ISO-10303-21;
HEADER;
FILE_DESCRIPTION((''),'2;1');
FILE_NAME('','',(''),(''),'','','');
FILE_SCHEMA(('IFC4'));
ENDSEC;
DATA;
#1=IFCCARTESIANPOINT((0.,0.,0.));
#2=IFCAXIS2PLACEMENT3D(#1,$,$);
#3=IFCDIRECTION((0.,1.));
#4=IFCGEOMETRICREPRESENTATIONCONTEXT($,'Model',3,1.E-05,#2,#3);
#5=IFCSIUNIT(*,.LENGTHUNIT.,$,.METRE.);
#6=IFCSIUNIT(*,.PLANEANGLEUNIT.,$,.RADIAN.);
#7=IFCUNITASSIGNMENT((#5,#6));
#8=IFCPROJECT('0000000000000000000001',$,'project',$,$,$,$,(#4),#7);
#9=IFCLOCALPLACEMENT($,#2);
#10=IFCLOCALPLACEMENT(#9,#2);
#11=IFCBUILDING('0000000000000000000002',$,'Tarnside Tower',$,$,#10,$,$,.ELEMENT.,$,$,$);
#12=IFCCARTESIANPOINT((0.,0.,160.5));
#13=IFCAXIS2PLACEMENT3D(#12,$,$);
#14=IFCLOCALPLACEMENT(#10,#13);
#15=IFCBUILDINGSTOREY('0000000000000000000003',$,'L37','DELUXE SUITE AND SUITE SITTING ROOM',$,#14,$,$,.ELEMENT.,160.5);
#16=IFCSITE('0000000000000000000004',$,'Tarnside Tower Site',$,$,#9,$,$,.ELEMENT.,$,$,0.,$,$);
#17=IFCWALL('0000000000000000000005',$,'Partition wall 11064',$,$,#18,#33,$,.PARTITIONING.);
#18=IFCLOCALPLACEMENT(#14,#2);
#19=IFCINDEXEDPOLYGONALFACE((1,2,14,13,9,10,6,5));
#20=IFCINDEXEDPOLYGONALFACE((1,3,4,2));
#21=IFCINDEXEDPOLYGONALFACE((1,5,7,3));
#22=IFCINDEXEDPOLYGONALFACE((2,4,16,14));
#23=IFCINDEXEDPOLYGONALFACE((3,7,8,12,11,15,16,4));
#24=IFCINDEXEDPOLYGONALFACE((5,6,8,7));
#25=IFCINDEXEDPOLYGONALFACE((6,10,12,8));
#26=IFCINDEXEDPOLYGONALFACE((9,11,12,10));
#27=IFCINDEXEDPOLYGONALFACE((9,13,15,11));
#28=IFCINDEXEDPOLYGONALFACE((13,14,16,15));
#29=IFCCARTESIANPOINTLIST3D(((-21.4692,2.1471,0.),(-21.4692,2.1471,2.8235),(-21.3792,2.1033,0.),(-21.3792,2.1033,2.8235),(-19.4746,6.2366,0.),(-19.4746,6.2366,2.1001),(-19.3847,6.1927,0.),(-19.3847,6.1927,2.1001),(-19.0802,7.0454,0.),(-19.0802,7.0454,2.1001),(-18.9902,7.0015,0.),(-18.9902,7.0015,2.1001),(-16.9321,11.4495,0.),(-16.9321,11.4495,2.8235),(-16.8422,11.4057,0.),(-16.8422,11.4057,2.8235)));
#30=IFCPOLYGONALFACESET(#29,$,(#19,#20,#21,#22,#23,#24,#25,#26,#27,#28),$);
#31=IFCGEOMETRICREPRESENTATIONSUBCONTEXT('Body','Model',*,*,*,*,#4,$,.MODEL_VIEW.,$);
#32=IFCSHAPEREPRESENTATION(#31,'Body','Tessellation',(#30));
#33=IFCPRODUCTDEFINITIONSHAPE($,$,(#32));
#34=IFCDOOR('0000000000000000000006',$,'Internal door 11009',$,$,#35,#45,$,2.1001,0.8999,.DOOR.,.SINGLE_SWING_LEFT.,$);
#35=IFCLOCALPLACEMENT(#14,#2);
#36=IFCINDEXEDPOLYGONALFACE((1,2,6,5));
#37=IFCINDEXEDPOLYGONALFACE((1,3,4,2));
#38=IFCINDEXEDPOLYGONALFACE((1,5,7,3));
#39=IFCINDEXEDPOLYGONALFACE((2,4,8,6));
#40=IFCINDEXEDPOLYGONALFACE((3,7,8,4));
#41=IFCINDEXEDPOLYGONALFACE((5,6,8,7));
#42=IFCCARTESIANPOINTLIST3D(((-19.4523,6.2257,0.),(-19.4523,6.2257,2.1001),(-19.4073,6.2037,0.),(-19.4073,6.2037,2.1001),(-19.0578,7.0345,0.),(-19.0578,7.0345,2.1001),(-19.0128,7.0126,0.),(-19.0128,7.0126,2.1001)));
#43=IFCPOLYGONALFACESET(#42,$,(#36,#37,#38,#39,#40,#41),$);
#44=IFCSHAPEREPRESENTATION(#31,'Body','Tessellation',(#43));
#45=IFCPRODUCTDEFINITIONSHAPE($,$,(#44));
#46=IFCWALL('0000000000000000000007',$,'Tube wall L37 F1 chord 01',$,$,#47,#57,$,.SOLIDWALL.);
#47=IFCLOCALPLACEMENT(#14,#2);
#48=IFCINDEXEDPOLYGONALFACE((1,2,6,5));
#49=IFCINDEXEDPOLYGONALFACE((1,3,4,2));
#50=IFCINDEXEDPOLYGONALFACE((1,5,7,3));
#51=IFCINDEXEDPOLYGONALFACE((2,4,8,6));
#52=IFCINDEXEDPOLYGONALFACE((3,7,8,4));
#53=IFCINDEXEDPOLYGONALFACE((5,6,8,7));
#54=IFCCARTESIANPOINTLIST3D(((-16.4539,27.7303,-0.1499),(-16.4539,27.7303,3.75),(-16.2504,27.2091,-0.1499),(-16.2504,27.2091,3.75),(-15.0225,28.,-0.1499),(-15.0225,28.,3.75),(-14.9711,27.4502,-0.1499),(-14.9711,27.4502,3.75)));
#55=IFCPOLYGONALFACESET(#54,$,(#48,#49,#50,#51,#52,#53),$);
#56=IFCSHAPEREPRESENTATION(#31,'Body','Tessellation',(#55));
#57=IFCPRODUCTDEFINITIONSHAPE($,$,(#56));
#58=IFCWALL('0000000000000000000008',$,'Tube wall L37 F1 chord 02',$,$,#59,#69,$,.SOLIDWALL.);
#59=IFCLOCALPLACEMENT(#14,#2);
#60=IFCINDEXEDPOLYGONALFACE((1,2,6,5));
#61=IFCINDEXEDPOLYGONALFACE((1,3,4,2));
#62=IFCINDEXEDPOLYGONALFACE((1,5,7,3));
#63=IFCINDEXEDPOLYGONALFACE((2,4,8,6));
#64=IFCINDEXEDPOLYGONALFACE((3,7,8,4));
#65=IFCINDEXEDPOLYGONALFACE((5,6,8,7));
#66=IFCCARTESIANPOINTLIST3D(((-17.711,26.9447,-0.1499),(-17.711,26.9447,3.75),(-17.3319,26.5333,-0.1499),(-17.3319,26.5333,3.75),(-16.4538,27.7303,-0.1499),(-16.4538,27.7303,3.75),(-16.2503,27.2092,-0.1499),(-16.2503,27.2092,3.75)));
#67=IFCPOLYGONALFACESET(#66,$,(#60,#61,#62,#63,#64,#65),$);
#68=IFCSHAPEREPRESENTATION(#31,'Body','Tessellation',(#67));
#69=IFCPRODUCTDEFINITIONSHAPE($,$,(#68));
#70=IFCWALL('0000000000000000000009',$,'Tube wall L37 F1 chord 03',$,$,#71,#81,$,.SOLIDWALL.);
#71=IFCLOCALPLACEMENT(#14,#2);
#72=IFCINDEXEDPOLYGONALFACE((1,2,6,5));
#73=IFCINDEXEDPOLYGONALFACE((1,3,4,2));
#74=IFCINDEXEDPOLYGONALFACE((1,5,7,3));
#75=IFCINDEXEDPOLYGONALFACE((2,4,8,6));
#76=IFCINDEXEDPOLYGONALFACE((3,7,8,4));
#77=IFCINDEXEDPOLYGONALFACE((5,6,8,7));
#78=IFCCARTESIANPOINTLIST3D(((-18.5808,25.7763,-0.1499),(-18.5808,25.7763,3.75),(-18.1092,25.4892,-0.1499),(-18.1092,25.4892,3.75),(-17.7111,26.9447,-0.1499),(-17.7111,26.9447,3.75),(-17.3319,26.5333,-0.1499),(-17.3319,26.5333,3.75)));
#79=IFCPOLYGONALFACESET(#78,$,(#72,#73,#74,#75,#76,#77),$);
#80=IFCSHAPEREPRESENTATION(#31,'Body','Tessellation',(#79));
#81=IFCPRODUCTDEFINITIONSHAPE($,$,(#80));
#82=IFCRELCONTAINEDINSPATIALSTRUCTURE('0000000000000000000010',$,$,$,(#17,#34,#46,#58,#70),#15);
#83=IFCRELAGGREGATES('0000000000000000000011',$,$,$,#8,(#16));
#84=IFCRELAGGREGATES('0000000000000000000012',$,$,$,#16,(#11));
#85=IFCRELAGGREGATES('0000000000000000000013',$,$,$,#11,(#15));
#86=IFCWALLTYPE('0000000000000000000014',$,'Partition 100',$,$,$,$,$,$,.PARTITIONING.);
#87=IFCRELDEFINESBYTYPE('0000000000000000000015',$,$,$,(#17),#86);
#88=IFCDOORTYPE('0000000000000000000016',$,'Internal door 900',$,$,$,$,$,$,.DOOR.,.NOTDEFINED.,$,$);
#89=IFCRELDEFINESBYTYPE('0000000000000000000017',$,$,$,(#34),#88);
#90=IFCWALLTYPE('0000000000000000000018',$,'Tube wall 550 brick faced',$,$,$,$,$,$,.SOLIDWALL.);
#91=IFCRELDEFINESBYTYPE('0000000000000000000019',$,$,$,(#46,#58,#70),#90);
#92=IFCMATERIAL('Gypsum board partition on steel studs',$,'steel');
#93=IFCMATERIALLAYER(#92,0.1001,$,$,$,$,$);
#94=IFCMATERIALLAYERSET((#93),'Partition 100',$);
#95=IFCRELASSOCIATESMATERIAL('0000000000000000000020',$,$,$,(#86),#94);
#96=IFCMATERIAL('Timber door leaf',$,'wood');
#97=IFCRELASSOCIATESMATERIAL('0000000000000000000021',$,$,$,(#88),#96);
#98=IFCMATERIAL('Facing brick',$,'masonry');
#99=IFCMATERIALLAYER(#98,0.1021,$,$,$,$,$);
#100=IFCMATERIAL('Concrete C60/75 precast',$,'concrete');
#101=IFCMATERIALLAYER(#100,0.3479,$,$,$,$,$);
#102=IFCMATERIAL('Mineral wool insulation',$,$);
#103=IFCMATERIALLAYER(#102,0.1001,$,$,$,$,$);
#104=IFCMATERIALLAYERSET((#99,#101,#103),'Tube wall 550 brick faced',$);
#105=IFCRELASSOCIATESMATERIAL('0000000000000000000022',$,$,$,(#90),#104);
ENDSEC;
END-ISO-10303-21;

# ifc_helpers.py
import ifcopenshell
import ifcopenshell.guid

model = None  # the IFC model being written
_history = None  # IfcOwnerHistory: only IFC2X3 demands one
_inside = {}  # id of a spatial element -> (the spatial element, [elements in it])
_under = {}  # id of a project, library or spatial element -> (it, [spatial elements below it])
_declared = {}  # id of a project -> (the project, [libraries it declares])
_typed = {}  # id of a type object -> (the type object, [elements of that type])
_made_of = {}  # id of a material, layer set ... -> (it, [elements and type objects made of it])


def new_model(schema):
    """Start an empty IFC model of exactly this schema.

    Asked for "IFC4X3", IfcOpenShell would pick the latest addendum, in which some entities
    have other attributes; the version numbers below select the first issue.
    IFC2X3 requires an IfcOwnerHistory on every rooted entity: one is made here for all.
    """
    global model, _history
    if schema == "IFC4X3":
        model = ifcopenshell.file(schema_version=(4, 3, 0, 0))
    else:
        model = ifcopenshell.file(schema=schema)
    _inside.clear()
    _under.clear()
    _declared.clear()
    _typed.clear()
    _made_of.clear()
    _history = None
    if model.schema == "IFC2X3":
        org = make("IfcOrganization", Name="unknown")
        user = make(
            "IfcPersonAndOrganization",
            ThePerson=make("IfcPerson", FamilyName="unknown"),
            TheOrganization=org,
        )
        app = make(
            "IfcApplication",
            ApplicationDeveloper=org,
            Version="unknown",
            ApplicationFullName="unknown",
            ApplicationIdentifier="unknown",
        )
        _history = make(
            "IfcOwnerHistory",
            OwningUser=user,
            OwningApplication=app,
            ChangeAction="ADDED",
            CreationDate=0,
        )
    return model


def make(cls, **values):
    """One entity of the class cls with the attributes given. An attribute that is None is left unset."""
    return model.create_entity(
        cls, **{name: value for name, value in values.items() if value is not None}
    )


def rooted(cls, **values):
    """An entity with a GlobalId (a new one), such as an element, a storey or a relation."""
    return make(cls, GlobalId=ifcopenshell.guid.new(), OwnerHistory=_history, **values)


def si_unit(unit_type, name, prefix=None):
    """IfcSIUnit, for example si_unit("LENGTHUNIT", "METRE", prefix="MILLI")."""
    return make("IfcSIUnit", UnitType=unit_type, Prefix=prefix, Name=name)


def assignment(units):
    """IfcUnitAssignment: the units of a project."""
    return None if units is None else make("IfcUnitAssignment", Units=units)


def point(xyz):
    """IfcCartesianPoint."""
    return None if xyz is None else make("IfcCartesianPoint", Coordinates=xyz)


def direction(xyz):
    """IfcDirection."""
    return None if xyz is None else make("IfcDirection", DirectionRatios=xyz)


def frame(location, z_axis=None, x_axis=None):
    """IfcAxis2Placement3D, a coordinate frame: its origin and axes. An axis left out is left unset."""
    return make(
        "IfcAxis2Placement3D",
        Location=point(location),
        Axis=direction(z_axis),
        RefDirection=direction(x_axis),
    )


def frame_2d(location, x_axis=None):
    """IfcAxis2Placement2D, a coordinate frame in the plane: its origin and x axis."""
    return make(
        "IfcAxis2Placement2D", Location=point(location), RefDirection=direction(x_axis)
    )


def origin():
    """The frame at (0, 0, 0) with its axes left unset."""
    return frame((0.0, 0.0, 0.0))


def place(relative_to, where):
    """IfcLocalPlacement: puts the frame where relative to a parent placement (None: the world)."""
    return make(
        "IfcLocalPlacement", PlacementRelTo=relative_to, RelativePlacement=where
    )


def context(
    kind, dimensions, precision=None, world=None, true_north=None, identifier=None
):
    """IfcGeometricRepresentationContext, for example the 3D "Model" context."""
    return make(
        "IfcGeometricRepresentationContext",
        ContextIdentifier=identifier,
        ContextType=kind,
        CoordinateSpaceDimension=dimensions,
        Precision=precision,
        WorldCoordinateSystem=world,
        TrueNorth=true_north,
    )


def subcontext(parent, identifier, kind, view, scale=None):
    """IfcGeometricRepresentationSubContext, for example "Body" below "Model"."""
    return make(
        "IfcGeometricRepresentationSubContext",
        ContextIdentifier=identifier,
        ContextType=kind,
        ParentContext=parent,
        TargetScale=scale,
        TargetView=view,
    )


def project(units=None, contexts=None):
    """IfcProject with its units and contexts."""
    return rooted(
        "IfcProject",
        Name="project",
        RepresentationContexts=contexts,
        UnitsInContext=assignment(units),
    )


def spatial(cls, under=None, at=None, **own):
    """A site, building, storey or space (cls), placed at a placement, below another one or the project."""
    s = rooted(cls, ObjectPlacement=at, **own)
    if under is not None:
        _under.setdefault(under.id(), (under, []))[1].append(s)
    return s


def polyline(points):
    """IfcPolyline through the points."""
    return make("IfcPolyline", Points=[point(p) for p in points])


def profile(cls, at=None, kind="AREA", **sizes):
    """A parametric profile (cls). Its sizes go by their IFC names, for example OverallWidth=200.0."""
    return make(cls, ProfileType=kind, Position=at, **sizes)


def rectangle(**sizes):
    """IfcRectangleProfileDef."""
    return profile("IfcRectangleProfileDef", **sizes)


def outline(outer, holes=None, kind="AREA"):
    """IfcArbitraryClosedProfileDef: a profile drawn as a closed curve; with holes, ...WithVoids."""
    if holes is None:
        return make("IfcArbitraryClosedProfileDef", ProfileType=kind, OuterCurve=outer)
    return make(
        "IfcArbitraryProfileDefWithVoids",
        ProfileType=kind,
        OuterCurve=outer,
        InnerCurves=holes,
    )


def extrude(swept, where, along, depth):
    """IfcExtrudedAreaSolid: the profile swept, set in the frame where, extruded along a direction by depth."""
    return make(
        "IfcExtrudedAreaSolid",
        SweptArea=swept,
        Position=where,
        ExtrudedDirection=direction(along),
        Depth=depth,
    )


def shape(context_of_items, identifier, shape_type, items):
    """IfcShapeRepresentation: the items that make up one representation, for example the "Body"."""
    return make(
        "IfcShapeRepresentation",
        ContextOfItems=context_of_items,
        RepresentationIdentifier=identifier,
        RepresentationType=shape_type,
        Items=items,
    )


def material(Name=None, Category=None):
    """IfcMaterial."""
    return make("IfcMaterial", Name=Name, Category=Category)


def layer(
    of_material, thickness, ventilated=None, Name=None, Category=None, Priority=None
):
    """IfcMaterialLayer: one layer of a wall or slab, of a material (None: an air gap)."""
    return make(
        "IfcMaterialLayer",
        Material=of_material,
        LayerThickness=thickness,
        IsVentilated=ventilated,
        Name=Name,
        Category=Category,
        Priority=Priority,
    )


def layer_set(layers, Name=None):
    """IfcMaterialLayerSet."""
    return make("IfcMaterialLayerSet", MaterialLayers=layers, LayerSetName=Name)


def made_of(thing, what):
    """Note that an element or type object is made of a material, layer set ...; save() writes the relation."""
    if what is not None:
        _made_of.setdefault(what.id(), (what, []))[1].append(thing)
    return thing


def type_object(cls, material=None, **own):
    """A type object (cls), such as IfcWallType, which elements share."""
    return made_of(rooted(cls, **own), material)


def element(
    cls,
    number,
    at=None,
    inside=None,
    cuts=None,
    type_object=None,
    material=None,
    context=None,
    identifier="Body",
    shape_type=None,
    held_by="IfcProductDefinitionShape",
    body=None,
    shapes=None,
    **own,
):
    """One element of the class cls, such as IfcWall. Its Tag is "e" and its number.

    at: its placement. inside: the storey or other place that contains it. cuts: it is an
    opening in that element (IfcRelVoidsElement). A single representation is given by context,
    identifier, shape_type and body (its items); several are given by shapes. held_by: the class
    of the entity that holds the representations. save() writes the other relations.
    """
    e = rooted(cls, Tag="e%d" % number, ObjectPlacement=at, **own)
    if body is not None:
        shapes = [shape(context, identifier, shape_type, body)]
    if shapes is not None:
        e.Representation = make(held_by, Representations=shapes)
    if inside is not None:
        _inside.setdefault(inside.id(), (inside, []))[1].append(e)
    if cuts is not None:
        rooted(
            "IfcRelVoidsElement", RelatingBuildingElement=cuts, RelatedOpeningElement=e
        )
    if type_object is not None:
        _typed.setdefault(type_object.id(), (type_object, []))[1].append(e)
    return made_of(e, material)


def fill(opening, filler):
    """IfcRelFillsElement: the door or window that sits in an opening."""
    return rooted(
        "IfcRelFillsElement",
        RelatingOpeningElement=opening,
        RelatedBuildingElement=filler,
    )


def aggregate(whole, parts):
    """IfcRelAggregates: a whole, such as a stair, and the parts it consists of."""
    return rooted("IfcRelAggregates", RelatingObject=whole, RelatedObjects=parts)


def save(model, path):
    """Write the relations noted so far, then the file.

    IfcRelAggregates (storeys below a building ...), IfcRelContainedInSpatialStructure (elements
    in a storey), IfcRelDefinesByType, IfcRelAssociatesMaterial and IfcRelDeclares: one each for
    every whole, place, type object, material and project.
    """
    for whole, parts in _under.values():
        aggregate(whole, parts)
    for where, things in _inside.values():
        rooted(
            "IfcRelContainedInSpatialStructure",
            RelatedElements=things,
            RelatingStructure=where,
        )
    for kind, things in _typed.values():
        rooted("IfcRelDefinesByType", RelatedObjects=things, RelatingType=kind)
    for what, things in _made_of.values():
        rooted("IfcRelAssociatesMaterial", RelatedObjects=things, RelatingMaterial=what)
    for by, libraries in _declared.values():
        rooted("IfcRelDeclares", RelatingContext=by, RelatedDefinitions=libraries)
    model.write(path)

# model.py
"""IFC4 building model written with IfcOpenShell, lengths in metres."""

from ifc_helpers import new_model, si_unit, direction, frame, frame_2d, origin, place, context, subcontext, project, spatial, polyline, rectangle, outline, extrude, material, layer, layer_set, type_object, element, fill, save


model = new_model("IFC4")

# Units and contexts
model_context = context("Model", 3, precision=1e-05, world=origin(), true_north=direction((0.0, 1.0)))
body_context = subcontext(model_context, "Body", "Model", "MODEL_VIEW")
ifc_project = project(units=[si_unit("LENGTHUNIT", "METRE"), si_unit("PLANEANGLEUNIT", "RADIAN")], contexts=[model_context])

# Site, building, storey
site_placement = place(None, origin())
site = spatial("IfcSite", under=ifc_project, at=site_placement, Name="Tarnside Tower Site", CompositionType="ELEMENT", RefElevation=0.0)
building_placement = place(site_placement, origin())
building = spatial("IfcBuilding", under=site, at=building_placement, Name="Tarnside Tower", CompositionType="ELEMENT")
storey_placement = place(building_placement, frame((0.0, 0.0, 160.5)))
storey = spatial("IfcBuildingStorey", under=building, at=storey_placement, Name="L37", Description="DELUXE SUITE AND SUITE SITTING ROOM", CompositionType="ELEMENT", Elevation=160.5)

# Shared definitions
ifc_material_1 = material(Name="Gypsum board partition on steel studs", Category="steel")
ifc_layer_1 = layer(ifc_material_1, 0.1001)
ifc_layer_set_1 = layer_set([ifc_layer_1], Name="Partition 100")
wall_type_1 = type_object("IfcWallType", Name="Partition 100", PredefinedType="PARTITIONING", material=ifc_layer_set_1)

# Wall, opening, door
wall_1_placement = place(storey_placement, frame((-16.8872, 11.4275, 0.0), z_axis=(0.0, 0.0, 1.0), x_axis=(-0.43837, -0.898795, 0.0)))
wall_1 = element("IfcWall", 1, at=wall_1_placement, inside=storey, type_object=wall_type_1, Name="Partition wall 11064", PredefinedType="PARTITIONING", context=body_context, shape_type="SweptSolid", body=[
    extrude(rectangle(XDim=10.3499, YDim=0.1001, at=frame_2d((5.1748, 0.0))), origin(), (0.0, 0.0, 1.0), 2.8235),
])
opening_1_placement = place(wall_1_placement, frame((4.8999, 0.0, 0.0)))
opening_1 = element("IfcOpeningElement", 2, at=opening_1_placement, cuts=wall_1, PredefinedType="OPENING", context=body_context, shape_type="SweptSolid", body=[
    extrude(rectangle(XDim=0.8999, YDim=2.1001, at=frame_2d((0.45, 1.05))), frame((0.0, 0.0601, 0.0), z_axis=(0.0, -1.0, 0.0), x_axis=(1.0, 0.0, 0.0)), (0.0, 0.0, 1.0), 0.1201),
])
ifc_material_2 = material(Name="Timber door leaf", Category="wood")
door_type = type_object("IfcDoorType", Name="Internal door 900", OperationType="NOTDEFINED", PredefinedType="DOOR", material=ifc_material_2)
door_placement = place(opening_1_placement, origin())
door = element("IfcDoor", 3, at=door_placement, inside=storey, type_object=door_type, Name="Internal door 11009", OperationType="SINGLE_SWING_LEFT", OverallHeight=2.1001, OverallWidth=0.8999, PredefinedType="DOOR", context=body_context, shape_type="SweptSolid", body=[
    extrude(rectangle(XDim=0.8999, YDim=2.1001, at=frame_2d((0.45, 1.05))), frame((0.0, 0.0249, 0.0), z_axis=(0.0, -1.0, 0.0), x_axis=(1.0, 0.0, 0.0)), (0.0, 0.0, 1.0), 0.05),
])
fill(opening_1, door)

# Walls
ifc_material_3 = material(Name="Facing brick", Category="masonry")
ifc_layer_2 = layer(ifc_material_3, 0.1021)
ifc_material_4 = material(Name="Concrete C60/75 precast", Category="concrete")
ifc_layer_3 = layer(ifc_material_4, 0.3479)
ifc_material_5 = material(Name="Mineral wool insulation")
ifc_layer_4 = layer(ifc_material_5, 0.1001)
ifc_layer_set_2 = layer_set([ifc_layer_2, ifc_layer_3, ifc_layer_4], Name="Tube wall 550 brick faced")
wall_type_2 = type_object("IfcWallType", Name="Tube wall 550 brick faced", PredefinedType="SOLIDWALL", material=ifc_layer_set_2)
wall_2_placement = place(storey_placement, frame((-14.9968, 27.7251, -0.1499), z_axis=(0.0, 0.0, 1.0), x_axis=(-0.982705, -0.185176, 0.0)))
element("IfcWall", 4, at=wall_2_placement, inside=storey, type_object=wall_type_2, Name="Tube wall L37 F1 chord 01", PredefinedType="SOLIDWALL", context=body_context, shape_type="SweptSolid", body=[
    extrude(outline(polyline([(-0.0256, -0.2749), (1.4309, -0.2749), (1.3274, 0.2749), (0.0256, 0.2749), (-0.0256, -0.2749)])), origin(), (0.0, 0.0, 1.0), 3.8999),
])
wall_3_placement = place(storey_placement, frame((-16.3521, 27.4697, -0.1499), z_axis=(0.0, 0.0, 1.0), x_axis=(-0.848058, -0.529903, 0.0)))
element("IfcWall", 5, at=wall_3_placement, inside=storey, type_object=wall_type_2, Name="Tube wall L37 F1 chord 02", PredefinedType="SOLIDWALL", context=body_context, shape_type="SweptSolid", body=[
    extrude(outline(polyline([(-0.0518, -0.2749), (1.4307, -0.2749), (1.3271, 0.2749), (0.0518, 0.2749), (-0.0518, -0.2749)])), origin(), (0.0, 0.0, 1.0), 3.8999),
])
wall_4_placement = place(storey_placement, frame((-17.5215, 26.739, -0.1499), z_axis=(0.0, 0.0, 1.0), x_axis=(-0.597135, -0.802141, 0.0)))
element("IfcWall", 6, at=wall_4_placement, inside=storey, type_object=wall_type_2, Name="Tube wall L37 F1 chord 03", PredefinedType="SOLIDWALL", context=body_context, shape_type="SweptSolid", body=[
    extrude(outline(polyline([(-0.0518, -0.2749), (1.4048, -0.2749), (1.3535, 0.2749), (0.0518, 0.2749), (-0.0518, -0.2749)])), origin(), (0.0, 0.0, 1.0), 3.8999),
])

save(model, "model.ifc")
